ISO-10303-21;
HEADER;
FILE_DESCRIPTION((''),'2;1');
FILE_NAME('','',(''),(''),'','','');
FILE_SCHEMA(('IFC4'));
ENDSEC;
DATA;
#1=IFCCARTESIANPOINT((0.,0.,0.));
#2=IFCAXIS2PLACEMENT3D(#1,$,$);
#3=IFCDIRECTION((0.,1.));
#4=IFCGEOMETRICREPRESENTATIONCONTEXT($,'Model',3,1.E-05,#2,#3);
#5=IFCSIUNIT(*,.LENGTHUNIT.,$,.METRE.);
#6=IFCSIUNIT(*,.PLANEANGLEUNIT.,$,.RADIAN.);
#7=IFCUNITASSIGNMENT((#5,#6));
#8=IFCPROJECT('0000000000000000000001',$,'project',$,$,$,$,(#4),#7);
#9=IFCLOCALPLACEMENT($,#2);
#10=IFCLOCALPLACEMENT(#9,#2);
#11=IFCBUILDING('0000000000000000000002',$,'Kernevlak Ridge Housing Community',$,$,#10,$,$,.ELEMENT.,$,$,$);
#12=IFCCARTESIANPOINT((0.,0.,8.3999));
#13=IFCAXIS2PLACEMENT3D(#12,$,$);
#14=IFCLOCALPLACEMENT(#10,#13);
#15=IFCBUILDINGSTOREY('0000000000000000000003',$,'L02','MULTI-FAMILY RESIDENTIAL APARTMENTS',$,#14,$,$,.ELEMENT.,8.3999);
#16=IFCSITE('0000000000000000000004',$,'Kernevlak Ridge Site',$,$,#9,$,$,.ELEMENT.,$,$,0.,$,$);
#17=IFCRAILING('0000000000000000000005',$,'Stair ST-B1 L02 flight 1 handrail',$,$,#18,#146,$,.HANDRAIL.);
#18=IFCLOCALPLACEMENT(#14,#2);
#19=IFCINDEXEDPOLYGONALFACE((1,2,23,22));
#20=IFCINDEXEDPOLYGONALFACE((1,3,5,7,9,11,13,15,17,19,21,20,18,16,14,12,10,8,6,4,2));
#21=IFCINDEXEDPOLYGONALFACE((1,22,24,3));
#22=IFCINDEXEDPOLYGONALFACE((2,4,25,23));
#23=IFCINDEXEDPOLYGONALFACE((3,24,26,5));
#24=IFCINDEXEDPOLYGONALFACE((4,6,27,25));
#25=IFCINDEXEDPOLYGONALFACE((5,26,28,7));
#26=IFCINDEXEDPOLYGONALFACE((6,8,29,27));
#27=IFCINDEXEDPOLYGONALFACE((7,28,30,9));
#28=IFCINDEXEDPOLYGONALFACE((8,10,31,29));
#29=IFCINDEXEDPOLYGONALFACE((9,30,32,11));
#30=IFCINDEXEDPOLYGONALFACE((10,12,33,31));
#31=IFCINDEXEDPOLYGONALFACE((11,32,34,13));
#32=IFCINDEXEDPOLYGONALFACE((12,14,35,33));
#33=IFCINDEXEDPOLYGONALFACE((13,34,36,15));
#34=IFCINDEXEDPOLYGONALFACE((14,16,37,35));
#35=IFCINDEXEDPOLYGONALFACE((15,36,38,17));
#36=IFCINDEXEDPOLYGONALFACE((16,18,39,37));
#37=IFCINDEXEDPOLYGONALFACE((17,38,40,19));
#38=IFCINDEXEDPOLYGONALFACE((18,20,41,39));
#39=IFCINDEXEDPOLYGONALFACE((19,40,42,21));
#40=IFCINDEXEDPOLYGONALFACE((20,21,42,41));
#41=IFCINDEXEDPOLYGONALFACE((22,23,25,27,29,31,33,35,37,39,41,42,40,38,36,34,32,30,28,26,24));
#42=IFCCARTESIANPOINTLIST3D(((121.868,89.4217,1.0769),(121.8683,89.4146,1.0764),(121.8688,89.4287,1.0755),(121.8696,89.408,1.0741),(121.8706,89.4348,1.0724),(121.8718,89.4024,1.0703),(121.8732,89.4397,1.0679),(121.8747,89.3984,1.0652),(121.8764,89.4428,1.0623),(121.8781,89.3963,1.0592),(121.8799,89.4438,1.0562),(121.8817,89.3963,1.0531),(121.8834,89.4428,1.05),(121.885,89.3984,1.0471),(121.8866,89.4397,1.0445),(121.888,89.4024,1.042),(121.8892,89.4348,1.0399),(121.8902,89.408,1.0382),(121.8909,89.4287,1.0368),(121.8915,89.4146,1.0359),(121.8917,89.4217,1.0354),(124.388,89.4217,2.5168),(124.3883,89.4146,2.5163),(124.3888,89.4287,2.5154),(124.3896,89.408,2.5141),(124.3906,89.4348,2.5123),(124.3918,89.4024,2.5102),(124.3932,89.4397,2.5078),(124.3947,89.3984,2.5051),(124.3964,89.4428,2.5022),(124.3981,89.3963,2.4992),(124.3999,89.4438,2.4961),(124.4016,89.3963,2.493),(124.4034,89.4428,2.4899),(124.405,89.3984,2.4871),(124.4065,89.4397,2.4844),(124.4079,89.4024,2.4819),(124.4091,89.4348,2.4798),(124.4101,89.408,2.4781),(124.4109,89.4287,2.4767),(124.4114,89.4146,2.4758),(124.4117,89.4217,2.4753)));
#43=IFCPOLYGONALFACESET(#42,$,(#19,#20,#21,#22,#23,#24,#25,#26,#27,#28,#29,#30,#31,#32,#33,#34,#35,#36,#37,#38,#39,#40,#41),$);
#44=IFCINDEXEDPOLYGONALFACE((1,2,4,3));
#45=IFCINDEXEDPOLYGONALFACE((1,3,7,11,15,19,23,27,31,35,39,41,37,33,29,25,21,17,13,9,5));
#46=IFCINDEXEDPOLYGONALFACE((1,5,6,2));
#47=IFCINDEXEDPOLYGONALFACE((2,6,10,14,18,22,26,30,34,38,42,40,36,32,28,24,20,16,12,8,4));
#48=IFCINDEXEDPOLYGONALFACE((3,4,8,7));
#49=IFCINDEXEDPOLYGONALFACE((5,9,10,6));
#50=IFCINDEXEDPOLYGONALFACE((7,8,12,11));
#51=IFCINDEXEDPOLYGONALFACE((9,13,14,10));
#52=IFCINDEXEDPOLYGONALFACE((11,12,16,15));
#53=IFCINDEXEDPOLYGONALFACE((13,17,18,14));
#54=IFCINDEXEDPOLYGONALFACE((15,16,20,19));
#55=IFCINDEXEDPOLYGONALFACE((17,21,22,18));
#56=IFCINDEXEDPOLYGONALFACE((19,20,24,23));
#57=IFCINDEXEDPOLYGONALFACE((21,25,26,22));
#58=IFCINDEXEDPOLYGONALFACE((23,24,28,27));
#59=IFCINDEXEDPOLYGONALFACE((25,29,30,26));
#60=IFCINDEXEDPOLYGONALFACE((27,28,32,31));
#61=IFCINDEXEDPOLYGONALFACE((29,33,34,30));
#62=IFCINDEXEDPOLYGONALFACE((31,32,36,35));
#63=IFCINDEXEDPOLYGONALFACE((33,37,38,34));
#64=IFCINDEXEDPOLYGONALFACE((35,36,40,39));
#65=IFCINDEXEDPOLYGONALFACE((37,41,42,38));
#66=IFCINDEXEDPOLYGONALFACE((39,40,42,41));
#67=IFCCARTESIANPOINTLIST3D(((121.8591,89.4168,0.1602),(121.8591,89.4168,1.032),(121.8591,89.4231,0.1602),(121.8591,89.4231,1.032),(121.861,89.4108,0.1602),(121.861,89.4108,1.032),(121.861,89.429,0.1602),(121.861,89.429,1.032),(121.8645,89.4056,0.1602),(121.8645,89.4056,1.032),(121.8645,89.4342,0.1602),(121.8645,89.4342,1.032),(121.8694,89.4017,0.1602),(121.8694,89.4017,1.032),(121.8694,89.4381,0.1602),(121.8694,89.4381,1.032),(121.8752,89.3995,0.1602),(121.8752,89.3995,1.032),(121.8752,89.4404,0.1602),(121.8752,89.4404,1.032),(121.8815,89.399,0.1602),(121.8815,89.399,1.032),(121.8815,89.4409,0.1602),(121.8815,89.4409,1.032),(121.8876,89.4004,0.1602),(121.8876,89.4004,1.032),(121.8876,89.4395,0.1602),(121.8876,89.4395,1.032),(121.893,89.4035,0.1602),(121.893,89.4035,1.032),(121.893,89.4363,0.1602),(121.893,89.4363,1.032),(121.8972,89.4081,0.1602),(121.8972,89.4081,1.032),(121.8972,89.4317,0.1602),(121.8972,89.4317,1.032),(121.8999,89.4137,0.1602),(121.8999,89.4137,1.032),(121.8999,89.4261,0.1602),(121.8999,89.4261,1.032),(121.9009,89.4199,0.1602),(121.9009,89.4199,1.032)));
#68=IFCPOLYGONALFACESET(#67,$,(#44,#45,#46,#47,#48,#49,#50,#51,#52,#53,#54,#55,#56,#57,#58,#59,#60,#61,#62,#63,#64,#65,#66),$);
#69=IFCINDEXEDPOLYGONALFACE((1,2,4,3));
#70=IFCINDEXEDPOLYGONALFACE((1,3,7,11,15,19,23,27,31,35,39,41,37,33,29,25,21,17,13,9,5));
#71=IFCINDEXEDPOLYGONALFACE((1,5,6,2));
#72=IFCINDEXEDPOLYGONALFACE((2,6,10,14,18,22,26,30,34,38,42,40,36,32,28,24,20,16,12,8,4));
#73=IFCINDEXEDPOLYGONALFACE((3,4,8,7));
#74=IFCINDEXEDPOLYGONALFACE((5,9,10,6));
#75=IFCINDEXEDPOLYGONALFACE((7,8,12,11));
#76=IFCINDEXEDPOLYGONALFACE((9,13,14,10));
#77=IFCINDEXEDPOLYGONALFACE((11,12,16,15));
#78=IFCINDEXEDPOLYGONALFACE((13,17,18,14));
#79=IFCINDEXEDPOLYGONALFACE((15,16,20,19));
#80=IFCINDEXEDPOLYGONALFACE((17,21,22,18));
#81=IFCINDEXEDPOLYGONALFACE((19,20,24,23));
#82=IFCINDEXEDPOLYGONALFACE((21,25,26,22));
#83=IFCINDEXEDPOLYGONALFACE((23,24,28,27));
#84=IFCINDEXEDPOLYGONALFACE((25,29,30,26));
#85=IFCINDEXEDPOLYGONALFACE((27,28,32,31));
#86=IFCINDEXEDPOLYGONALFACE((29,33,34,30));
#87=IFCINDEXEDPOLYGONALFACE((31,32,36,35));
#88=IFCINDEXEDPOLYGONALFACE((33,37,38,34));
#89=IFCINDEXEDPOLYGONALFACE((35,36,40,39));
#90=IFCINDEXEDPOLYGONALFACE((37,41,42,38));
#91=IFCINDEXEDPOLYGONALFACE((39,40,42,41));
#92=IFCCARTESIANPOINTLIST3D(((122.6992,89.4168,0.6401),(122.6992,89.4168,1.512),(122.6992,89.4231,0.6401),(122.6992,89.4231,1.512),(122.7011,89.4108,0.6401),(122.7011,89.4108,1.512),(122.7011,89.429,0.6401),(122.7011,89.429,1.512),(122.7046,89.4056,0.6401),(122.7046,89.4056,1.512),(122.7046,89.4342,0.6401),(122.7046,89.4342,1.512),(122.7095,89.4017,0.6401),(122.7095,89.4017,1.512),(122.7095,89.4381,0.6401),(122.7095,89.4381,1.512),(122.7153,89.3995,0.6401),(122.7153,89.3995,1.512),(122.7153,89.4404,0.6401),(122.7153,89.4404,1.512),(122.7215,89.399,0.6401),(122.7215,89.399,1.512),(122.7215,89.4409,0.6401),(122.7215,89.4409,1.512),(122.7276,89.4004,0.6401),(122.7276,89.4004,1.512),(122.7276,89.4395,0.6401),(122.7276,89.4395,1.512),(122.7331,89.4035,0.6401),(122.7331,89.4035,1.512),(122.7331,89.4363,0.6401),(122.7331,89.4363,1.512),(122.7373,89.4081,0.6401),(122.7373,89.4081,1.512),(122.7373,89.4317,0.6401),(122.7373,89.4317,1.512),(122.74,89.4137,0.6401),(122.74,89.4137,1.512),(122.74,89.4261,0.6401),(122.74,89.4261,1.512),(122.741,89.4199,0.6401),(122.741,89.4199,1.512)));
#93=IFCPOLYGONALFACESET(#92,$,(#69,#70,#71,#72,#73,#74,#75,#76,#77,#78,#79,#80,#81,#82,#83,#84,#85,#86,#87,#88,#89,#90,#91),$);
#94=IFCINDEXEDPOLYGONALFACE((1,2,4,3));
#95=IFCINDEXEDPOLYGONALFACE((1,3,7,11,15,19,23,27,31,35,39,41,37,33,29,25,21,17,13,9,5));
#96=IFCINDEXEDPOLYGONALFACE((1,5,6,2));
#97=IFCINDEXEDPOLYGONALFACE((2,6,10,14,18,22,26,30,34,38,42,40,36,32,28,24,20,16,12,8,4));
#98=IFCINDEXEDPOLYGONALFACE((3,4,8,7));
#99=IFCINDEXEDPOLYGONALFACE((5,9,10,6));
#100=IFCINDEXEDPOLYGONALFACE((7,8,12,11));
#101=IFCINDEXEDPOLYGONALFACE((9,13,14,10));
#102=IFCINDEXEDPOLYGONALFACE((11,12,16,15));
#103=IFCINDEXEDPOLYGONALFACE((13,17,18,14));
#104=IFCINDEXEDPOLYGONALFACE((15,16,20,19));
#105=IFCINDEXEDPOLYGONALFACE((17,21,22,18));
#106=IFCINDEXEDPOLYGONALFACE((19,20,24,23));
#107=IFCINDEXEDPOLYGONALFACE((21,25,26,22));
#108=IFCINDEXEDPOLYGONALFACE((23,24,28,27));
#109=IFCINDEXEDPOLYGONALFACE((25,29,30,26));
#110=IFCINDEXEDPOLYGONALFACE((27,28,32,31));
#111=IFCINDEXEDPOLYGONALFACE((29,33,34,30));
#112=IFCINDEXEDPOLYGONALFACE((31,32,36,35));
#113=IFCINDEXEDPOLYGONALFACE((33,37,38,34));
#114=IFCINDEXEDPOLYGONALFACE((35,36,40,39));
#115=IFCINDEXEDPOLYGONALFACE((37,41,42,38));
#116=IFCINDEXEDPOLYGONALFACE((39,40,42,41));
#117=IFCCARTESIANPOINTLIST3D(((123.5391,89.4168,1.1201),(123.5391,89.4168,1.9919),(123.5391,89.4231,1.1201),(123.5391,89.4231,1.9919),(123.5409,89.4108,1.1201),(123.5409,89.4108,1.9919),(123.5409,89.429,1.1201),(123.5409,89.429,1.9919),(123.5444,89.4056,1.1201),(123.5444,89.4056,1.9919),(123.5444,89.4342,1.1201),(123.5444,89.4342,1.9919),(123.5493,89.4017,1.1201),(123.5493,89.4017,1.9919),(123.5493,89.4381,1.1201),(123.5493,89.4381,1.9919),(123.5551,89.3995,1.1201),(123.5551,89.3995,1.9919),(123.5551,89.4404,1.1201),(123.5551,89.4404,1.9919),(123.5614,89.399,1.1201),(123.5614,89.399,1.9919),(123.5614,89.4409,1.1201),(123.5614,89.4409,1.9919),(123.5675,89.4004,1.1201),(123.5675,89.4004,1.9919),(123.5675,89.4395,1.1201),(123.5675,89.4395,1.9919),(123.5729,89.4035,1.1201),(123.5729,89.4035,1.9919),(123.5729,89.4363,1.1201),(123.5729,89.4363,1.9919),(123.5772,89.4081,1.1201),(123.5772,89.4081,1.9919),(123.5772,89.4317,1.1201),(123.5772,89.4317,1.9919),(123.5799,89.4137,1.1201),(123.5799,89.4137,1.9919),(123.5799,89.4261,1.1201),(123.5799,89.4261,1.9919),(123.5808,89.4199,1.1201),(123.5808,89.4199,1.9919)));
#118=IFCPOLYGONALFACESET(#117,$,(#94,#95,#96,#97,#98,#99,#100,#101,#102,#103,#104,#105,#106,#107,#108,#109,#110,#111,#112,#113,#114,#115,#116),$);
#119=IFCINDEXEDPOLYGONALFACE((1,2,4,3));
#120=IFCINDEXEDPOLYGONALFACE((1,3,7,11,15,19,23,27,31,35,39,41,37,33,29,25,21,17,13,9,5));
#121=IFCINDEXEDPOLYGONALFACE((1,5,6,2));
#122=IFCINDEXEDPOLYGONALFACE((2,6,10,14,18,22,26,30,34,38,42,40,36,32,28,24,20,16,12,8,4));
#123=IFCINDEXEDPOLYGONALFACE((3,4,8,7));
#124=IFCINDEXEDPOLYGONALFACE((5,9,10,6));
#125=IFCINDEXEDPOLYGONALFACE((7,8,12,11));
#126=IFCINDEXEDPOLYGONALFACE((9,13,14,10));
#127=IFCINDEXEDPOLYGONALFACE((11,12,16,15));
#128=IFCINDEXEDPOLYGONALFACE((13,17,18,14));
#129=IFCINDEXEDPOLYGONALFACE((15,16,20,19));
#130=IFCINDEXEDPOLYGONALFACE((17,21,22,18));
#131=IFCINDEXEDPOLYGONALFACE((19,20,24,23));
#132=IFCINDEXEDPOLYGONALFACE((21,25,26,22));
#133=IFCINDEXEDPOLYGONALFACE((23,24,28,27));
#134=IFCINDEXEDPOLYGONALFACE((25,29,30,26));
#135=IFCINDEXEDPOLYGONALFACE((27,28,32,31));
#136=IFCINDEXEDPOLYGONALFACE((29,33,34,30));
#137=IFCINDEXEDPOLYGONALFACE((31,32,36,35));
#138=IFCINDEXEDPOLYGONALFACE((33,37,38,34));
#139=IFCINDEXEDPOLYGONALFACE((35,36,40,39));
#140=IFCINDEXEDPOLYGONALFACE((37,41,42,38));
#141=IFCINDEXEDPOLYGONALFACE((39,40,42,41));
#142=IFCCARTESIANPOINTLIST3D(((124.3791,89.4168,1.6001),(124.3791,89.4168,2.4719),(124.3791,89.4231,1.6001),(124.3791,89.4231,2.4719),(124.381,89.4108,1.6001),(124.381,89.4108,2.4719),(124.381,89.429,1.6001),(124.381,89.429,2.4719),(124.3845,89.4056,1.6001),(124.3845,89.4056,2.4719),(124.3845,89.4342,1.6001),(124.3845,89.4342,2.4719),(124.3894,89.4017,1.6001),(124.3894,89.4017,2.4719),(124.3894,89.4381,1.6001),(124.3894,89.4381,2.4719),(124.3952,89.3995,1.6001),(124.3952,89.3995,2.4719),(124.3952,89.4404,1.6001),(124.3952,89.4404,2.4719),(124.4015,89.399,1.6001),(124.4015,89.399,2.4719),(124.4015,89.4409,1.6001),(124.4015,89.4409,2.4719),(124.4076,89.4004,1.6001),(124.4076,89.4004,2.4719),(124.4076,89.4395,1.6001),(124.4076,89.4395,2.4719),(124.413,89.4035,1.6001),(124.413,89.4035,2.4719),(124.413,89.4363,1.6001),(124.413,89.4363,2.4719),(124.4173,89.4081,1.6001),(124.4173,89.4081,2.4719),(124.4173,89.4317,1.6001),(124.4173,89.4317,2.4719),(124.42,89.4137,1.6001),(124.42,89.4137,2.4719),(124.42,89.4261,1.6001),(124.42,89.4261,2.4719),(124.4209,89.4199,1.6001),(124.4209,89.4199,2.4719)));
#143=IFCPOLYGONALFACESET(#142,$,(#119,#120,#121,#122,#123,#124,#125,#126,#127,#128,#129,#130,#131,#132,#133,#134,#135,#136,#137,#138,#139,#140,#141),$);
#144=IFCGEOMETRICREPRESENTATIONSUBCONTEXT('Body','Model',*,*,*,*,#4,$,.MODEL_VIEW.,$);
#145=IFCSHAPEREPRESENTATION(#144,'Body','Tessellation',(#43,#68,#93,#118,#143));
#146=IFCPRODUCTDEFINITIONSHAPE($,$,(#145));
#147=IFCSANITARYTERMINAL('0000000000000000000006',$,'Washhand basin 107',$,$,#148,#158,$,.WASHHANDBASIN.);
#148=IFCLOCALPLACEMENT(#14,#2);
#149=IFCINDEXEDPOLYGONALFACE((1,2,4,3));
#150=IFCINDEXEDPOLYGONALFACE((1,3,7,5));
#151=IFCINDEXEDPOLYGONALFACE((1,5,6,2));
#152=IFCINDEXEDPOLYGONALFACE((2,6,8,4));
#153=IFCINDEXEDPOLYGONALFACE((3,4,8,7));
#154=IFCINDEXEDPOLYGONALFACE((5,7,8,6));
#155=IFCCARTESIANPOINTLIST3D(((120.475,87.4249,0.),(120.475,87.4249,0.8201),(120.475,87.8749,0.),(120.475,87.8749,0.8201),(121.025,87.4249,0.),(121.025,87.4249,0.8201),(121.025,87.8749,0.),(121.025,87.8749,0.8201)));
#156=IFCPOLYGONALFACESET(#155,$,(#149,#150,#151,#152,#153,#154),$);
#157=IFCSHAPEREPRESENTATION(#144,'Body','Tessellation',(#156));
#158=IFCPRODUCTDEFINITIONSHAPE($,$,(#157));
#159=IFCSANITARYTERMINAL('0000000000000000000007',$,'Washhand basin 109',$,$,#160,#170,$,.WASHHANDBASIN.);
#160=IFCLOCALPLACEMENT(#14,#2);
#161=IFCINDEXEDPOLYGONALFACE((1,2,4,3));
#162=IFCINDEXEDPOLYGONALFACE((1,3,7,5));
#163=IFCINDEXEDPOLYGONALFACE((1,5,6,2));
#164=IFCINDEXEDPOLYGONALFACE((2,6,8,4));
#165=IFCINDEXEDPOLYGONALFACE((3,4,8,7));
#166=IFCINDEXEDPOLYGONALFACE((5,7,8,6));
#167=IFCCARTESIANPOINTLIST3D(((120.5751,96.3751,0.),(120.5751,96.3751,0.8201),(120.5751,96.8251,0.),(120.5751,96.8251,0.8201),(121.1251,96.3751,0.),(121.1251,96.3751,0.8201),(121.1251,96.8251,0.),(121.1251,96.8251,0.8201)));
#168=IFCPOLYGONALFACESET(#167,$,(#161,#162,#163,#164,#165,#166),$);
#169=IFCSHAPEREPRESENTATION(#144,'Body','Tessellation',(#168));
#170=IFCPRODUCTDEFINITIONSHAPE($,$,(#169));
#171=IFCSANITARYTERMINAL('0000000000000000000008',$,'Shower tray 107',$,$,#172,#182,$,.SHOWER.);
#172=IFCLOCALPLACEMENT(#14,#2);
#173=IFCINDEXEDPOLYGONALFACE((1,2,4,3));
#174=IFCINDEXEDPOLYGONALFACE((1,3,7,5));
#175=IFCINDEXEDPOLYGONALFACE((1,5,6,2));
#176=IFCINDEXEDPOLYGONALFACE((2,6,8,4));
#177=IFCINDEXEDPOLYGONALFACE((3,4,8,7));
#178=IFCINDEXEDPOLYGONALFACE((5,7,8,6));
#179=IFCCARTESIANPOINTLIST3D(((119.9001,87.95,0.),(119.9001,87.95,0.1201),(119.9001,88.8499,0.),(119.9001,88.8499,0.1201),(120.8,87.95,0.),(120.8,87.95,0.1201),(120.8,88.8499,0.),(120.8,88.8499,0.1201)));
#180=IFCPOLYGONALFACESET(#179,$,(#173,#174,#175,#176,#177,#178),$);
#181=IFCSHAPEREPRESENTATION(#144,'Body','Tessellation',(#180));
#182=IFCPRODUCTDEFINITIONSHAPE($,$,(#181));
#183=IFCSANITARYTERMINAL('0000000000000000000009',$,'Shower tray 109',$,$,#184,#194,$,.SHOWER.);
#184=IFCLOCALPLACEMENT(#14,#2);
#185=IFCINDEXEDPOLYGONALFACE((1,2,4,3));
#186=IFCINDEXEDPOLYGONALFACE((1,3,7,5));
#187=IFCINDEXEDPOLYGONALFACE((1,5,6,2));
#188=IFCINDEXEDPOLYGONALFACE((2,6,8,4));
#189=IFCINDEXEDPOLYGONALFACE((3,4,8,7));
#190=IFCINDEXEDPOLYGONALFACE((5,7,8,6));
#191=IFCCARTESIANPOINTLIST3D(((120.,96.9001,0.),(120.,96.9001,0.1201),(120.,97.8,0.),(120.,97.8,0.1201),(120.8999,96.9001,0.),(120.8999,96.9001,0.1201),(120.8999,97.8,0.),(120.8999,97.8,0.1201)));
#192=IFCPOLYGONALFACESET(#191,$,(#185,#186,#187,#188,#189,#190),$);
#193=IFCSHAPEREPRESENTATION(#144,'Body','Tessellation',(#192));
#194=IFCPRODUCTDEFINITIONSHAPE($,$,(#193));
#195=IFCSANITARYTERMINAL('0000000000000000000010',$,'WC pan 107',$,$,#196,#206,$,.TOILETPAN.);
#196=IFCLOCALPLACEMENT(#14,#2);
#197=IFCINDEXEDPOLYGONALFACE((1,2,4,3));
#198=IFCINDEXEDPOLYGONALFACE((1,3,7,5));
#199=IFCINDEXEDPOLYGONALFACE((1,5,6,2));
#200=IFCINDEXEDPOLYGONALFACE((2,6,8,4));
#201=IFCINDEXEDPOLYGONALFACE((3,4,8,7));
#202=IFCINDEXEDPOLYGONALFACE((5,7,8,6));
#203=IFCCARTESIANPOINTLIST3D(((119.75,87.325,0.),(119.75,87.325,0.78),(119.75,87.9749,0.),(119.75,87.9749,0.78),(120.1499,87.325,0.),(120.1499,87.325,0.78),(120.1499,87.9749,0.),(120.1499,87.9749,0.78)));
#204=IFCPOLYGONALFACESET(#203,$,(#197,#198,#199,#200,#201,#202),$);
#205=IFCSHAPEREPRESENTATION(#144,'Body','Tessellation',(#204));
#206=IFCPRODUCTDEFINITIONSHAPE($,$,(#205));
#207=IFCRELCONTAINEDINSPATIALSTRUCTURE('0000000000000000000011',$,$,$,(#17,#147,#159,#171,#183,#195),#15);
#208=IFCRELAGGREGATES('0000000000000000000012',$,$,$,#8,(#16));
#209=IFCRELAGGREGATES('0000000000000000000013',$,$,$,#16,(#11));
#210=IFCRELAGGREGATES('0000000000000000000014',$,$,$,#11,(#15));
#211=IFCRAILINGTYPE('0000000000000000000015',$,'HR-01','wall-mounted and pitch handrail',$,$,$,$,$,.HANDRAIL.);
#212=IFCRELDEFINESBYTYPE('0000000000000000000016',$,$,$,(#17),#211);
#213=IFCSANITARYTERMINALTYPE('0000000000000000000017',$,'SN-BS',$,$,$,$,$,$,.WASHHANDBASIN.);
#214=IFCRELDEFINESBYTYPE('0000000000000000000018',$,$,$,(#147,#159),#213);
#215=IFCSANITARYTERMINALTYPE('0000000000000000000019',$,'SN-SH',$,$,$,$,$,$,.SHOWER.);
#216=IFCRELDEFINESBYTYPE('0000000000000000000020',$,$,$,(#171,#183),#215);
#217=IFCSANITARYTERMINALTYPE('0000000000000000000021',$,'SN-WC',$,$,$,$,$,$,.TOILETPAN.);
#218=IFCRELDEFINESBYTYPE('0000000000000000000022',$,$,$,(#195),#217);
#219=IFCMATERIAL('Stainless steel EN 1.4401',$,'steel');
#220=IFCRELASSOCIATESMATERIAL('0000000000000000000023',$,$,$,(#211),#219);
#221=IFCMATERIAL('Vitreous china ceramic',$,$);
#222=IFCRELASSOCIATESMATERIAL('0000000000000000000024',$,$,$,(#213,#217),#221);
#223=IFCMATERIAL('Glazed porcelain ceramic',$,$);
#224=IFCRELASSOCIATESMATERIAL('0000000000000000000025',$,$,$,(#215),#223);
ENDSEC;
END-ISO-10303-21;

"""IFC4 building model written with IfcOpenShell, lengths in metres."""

from ifc_helpers import new_model, si_unit, direction, frame, origin, origin_2d, place, context, subcontext, project, spatial, rectangle, circle, extrude, material, type_object, element, save


model = new_model("IFC4")

# Units and contexts
model_context = context("Model", 3, precision=1e-05, world=origin(), true_north=direction((0.0, 1.0)))
body_context = subcontext(model_context, "Body", "Model", "MODEL_VIEW")
ifc_project = project(units=[si_unit("LENGTHUNIT", "METRE"), si_unit("PLANEANGLEUNIT", "RADIAN")], contexts=[model_context])

# Site, building, storey
site_placement = place(None, origin())
site = spatial("IfcSite", under=ifc_project, at=site_placement, Name="Kernevlak Ridge Site", CompositionType="ELEMENT", RefElevation=0.0)
building_placement = place(site_placement, origin())
building = spatial("IfcBuilding", under=site, at=building_placement, Name="Kernevlak Ridge Housing Community", CompositionType="ELEMENT")
storey_placement = place(building_placement, frame((0.0, 0.0, 8.3999)))
storey = spatial("IfcBuildingStorey", under=building, at=storey_placement, Name="L02", Description="MULTI-FAMILY RESIDENTIAL APARTMENTS", CompositionType="ELEMENT", Elevation=8.3999)

# Railing
ifc_material_1 = material(Name="Stainless steel EN 1.4401", Category="steel")
railing_type_1 = type_object("IfcRailingType", Name="HR-01", Description="wall-mounted and pitch handrail", PredefinedType="HANDRAIL", material=ifc_material_1)
railing_1_placement = place(storey_placement, frame((121.8799, 89.4199, 0.1602)))
element("IfcRailing", 1, at=railing_1_placement, inside=storey, type_object=railing_type_1, Name="Stair ST-B1 L02 flight 1 handrail", PredefinedType="HANDRAIL", context=body_context, shape_type="SweptSolid", body=[
    extrude(circle(Radius=0.0239, at=origin_2d()), frame((0.0, 0.0, 0.896), z_axis=(0.868253, 0.0, 0.496121), x_axis=(0.0, 1.0, 0.0)), (0.0, 0.0, 1.0), 2.9023),
    extrude(circle(Radius=0.021, at=origin_2d()), origin(), (0.0, 0.0, 1.0), 0.8718),
    extrude(circle(Radius=0.021, at=origin_2d()), frame((0.8401, 0.0, 0.48)), (0.0, 0.0, 1.0), 0.8718),
    extrude(circle(Radius=0.021, at=origin_2d()), frame((1.6799, 0.0, 0.96)), (0.0, 0.0, 1.0), 0.8718),
    extrude(circle(Radius=0.021, at=origin_2d()), frame((2.52, 0.0, 1.4399)), (0.0, 0.0, 1.0), 0.8718),
])

# Sanitary terminals
ifc_material_2 = material(Name="Vitreous china ceramic")
sanitary_terminal_type_1 = type_object("IfcSanitaryTerminalType", Name="SN-BS", PredefinedType="WASHHANDBASIN", material=ifc_material_2)
for number, where, z_axis, x_axis, name in (
    (2, (120.75, 87.6499, 0.0), (0.0, 0.0, 1.0), (1.0, 0.0, 0.0), "Washhand basin 107"),
    (3, (120.8501, 96.6001, 0.0), (0.0, 0.0, 1.0), (1.0, 0.0, 0.0), "Washhand basin 109"),
):
    element("IfcSanitaryTerminal", number, at=place(storey_placement, frame(where, z_axis=z_axis, x_axis=x_axis)), inside=storey, type_object=sanitary_terminal_type_1, Name=name, PredefinedType="WASHHANDBASIN", context=body_context, shape_type="SweptSolid", body=[
        extrude(rectangle(XDim=0.55, YDim=0.45, at=origin_2d()), origin(), (0.0, 0.0, 1.0), 0.8201),
    ])
ifc_material_3 = material(Name="Glazed porcelain ceramic")
sanitary_terminal_type_2 = type_object("IfcSanitaryTerminalType", Name="SN-SH", PredefinedType="SHOWER", material=ifc_material_3)
for number, where, z_axis, x_axis, name in (
    (4, (120.3501, 88.3999, 0.0), (0.0, 0.0, 1.0), (1.0, 0.0, 0.0), "Shower tray 107"),
    (5, (120.45, 97.3501, 0.0), (0.0, 0.0, 1.0), (1.0, 0.0, 0.0), "Shower tray 109"),
):
    element("IfcSanitaryTerminal", number, at=place(storey_placement, frame(where, z_axis=z_axis, x_axis=x_axis)), inside=storey, type_object=sanitary_terminal_type_2, Name=name, PredefinedType="SHOWER", context=body_context, shape_type="SweptSolid", body=[
        extrude(rectangle(XDim=0.8999, YDim=0.8999, at=origin_2d()), origin(), (0.0, 0.0, 1.0), 0.1201),
    ])
sanitary_terminal_type_3 = type_object("IfcSanitaryTerminalType", Name="SN-WC", PredefinedType="TOILETPAN", material=ifc_material_2)
for number, where, z_axis, x_axis, name in (
    (6, (119.95, 87.6499, 0.0), (0.0, 0.0, 1.0), (1.0, 0.0, 0.0), "WC pan 107"),
):
    element("IfcSanitaryTerminal", number, at=place(storey_placement, frame(where, z_axis=z_axis, x_axis=x_axis)), inside=storey, type_object=sanitary_terminal_type_3, Name=name, PredefinedType="TOILETPAN", context=body_context, shape_type="SweptSolid", body=[
        extrude(rectangle(XDim=0.3999, YDim=0.6499, at=origin_2d()), origin(), (0.0, 0.0, 1.0), 0.78),
    ])

save(model, "model.ifc")
